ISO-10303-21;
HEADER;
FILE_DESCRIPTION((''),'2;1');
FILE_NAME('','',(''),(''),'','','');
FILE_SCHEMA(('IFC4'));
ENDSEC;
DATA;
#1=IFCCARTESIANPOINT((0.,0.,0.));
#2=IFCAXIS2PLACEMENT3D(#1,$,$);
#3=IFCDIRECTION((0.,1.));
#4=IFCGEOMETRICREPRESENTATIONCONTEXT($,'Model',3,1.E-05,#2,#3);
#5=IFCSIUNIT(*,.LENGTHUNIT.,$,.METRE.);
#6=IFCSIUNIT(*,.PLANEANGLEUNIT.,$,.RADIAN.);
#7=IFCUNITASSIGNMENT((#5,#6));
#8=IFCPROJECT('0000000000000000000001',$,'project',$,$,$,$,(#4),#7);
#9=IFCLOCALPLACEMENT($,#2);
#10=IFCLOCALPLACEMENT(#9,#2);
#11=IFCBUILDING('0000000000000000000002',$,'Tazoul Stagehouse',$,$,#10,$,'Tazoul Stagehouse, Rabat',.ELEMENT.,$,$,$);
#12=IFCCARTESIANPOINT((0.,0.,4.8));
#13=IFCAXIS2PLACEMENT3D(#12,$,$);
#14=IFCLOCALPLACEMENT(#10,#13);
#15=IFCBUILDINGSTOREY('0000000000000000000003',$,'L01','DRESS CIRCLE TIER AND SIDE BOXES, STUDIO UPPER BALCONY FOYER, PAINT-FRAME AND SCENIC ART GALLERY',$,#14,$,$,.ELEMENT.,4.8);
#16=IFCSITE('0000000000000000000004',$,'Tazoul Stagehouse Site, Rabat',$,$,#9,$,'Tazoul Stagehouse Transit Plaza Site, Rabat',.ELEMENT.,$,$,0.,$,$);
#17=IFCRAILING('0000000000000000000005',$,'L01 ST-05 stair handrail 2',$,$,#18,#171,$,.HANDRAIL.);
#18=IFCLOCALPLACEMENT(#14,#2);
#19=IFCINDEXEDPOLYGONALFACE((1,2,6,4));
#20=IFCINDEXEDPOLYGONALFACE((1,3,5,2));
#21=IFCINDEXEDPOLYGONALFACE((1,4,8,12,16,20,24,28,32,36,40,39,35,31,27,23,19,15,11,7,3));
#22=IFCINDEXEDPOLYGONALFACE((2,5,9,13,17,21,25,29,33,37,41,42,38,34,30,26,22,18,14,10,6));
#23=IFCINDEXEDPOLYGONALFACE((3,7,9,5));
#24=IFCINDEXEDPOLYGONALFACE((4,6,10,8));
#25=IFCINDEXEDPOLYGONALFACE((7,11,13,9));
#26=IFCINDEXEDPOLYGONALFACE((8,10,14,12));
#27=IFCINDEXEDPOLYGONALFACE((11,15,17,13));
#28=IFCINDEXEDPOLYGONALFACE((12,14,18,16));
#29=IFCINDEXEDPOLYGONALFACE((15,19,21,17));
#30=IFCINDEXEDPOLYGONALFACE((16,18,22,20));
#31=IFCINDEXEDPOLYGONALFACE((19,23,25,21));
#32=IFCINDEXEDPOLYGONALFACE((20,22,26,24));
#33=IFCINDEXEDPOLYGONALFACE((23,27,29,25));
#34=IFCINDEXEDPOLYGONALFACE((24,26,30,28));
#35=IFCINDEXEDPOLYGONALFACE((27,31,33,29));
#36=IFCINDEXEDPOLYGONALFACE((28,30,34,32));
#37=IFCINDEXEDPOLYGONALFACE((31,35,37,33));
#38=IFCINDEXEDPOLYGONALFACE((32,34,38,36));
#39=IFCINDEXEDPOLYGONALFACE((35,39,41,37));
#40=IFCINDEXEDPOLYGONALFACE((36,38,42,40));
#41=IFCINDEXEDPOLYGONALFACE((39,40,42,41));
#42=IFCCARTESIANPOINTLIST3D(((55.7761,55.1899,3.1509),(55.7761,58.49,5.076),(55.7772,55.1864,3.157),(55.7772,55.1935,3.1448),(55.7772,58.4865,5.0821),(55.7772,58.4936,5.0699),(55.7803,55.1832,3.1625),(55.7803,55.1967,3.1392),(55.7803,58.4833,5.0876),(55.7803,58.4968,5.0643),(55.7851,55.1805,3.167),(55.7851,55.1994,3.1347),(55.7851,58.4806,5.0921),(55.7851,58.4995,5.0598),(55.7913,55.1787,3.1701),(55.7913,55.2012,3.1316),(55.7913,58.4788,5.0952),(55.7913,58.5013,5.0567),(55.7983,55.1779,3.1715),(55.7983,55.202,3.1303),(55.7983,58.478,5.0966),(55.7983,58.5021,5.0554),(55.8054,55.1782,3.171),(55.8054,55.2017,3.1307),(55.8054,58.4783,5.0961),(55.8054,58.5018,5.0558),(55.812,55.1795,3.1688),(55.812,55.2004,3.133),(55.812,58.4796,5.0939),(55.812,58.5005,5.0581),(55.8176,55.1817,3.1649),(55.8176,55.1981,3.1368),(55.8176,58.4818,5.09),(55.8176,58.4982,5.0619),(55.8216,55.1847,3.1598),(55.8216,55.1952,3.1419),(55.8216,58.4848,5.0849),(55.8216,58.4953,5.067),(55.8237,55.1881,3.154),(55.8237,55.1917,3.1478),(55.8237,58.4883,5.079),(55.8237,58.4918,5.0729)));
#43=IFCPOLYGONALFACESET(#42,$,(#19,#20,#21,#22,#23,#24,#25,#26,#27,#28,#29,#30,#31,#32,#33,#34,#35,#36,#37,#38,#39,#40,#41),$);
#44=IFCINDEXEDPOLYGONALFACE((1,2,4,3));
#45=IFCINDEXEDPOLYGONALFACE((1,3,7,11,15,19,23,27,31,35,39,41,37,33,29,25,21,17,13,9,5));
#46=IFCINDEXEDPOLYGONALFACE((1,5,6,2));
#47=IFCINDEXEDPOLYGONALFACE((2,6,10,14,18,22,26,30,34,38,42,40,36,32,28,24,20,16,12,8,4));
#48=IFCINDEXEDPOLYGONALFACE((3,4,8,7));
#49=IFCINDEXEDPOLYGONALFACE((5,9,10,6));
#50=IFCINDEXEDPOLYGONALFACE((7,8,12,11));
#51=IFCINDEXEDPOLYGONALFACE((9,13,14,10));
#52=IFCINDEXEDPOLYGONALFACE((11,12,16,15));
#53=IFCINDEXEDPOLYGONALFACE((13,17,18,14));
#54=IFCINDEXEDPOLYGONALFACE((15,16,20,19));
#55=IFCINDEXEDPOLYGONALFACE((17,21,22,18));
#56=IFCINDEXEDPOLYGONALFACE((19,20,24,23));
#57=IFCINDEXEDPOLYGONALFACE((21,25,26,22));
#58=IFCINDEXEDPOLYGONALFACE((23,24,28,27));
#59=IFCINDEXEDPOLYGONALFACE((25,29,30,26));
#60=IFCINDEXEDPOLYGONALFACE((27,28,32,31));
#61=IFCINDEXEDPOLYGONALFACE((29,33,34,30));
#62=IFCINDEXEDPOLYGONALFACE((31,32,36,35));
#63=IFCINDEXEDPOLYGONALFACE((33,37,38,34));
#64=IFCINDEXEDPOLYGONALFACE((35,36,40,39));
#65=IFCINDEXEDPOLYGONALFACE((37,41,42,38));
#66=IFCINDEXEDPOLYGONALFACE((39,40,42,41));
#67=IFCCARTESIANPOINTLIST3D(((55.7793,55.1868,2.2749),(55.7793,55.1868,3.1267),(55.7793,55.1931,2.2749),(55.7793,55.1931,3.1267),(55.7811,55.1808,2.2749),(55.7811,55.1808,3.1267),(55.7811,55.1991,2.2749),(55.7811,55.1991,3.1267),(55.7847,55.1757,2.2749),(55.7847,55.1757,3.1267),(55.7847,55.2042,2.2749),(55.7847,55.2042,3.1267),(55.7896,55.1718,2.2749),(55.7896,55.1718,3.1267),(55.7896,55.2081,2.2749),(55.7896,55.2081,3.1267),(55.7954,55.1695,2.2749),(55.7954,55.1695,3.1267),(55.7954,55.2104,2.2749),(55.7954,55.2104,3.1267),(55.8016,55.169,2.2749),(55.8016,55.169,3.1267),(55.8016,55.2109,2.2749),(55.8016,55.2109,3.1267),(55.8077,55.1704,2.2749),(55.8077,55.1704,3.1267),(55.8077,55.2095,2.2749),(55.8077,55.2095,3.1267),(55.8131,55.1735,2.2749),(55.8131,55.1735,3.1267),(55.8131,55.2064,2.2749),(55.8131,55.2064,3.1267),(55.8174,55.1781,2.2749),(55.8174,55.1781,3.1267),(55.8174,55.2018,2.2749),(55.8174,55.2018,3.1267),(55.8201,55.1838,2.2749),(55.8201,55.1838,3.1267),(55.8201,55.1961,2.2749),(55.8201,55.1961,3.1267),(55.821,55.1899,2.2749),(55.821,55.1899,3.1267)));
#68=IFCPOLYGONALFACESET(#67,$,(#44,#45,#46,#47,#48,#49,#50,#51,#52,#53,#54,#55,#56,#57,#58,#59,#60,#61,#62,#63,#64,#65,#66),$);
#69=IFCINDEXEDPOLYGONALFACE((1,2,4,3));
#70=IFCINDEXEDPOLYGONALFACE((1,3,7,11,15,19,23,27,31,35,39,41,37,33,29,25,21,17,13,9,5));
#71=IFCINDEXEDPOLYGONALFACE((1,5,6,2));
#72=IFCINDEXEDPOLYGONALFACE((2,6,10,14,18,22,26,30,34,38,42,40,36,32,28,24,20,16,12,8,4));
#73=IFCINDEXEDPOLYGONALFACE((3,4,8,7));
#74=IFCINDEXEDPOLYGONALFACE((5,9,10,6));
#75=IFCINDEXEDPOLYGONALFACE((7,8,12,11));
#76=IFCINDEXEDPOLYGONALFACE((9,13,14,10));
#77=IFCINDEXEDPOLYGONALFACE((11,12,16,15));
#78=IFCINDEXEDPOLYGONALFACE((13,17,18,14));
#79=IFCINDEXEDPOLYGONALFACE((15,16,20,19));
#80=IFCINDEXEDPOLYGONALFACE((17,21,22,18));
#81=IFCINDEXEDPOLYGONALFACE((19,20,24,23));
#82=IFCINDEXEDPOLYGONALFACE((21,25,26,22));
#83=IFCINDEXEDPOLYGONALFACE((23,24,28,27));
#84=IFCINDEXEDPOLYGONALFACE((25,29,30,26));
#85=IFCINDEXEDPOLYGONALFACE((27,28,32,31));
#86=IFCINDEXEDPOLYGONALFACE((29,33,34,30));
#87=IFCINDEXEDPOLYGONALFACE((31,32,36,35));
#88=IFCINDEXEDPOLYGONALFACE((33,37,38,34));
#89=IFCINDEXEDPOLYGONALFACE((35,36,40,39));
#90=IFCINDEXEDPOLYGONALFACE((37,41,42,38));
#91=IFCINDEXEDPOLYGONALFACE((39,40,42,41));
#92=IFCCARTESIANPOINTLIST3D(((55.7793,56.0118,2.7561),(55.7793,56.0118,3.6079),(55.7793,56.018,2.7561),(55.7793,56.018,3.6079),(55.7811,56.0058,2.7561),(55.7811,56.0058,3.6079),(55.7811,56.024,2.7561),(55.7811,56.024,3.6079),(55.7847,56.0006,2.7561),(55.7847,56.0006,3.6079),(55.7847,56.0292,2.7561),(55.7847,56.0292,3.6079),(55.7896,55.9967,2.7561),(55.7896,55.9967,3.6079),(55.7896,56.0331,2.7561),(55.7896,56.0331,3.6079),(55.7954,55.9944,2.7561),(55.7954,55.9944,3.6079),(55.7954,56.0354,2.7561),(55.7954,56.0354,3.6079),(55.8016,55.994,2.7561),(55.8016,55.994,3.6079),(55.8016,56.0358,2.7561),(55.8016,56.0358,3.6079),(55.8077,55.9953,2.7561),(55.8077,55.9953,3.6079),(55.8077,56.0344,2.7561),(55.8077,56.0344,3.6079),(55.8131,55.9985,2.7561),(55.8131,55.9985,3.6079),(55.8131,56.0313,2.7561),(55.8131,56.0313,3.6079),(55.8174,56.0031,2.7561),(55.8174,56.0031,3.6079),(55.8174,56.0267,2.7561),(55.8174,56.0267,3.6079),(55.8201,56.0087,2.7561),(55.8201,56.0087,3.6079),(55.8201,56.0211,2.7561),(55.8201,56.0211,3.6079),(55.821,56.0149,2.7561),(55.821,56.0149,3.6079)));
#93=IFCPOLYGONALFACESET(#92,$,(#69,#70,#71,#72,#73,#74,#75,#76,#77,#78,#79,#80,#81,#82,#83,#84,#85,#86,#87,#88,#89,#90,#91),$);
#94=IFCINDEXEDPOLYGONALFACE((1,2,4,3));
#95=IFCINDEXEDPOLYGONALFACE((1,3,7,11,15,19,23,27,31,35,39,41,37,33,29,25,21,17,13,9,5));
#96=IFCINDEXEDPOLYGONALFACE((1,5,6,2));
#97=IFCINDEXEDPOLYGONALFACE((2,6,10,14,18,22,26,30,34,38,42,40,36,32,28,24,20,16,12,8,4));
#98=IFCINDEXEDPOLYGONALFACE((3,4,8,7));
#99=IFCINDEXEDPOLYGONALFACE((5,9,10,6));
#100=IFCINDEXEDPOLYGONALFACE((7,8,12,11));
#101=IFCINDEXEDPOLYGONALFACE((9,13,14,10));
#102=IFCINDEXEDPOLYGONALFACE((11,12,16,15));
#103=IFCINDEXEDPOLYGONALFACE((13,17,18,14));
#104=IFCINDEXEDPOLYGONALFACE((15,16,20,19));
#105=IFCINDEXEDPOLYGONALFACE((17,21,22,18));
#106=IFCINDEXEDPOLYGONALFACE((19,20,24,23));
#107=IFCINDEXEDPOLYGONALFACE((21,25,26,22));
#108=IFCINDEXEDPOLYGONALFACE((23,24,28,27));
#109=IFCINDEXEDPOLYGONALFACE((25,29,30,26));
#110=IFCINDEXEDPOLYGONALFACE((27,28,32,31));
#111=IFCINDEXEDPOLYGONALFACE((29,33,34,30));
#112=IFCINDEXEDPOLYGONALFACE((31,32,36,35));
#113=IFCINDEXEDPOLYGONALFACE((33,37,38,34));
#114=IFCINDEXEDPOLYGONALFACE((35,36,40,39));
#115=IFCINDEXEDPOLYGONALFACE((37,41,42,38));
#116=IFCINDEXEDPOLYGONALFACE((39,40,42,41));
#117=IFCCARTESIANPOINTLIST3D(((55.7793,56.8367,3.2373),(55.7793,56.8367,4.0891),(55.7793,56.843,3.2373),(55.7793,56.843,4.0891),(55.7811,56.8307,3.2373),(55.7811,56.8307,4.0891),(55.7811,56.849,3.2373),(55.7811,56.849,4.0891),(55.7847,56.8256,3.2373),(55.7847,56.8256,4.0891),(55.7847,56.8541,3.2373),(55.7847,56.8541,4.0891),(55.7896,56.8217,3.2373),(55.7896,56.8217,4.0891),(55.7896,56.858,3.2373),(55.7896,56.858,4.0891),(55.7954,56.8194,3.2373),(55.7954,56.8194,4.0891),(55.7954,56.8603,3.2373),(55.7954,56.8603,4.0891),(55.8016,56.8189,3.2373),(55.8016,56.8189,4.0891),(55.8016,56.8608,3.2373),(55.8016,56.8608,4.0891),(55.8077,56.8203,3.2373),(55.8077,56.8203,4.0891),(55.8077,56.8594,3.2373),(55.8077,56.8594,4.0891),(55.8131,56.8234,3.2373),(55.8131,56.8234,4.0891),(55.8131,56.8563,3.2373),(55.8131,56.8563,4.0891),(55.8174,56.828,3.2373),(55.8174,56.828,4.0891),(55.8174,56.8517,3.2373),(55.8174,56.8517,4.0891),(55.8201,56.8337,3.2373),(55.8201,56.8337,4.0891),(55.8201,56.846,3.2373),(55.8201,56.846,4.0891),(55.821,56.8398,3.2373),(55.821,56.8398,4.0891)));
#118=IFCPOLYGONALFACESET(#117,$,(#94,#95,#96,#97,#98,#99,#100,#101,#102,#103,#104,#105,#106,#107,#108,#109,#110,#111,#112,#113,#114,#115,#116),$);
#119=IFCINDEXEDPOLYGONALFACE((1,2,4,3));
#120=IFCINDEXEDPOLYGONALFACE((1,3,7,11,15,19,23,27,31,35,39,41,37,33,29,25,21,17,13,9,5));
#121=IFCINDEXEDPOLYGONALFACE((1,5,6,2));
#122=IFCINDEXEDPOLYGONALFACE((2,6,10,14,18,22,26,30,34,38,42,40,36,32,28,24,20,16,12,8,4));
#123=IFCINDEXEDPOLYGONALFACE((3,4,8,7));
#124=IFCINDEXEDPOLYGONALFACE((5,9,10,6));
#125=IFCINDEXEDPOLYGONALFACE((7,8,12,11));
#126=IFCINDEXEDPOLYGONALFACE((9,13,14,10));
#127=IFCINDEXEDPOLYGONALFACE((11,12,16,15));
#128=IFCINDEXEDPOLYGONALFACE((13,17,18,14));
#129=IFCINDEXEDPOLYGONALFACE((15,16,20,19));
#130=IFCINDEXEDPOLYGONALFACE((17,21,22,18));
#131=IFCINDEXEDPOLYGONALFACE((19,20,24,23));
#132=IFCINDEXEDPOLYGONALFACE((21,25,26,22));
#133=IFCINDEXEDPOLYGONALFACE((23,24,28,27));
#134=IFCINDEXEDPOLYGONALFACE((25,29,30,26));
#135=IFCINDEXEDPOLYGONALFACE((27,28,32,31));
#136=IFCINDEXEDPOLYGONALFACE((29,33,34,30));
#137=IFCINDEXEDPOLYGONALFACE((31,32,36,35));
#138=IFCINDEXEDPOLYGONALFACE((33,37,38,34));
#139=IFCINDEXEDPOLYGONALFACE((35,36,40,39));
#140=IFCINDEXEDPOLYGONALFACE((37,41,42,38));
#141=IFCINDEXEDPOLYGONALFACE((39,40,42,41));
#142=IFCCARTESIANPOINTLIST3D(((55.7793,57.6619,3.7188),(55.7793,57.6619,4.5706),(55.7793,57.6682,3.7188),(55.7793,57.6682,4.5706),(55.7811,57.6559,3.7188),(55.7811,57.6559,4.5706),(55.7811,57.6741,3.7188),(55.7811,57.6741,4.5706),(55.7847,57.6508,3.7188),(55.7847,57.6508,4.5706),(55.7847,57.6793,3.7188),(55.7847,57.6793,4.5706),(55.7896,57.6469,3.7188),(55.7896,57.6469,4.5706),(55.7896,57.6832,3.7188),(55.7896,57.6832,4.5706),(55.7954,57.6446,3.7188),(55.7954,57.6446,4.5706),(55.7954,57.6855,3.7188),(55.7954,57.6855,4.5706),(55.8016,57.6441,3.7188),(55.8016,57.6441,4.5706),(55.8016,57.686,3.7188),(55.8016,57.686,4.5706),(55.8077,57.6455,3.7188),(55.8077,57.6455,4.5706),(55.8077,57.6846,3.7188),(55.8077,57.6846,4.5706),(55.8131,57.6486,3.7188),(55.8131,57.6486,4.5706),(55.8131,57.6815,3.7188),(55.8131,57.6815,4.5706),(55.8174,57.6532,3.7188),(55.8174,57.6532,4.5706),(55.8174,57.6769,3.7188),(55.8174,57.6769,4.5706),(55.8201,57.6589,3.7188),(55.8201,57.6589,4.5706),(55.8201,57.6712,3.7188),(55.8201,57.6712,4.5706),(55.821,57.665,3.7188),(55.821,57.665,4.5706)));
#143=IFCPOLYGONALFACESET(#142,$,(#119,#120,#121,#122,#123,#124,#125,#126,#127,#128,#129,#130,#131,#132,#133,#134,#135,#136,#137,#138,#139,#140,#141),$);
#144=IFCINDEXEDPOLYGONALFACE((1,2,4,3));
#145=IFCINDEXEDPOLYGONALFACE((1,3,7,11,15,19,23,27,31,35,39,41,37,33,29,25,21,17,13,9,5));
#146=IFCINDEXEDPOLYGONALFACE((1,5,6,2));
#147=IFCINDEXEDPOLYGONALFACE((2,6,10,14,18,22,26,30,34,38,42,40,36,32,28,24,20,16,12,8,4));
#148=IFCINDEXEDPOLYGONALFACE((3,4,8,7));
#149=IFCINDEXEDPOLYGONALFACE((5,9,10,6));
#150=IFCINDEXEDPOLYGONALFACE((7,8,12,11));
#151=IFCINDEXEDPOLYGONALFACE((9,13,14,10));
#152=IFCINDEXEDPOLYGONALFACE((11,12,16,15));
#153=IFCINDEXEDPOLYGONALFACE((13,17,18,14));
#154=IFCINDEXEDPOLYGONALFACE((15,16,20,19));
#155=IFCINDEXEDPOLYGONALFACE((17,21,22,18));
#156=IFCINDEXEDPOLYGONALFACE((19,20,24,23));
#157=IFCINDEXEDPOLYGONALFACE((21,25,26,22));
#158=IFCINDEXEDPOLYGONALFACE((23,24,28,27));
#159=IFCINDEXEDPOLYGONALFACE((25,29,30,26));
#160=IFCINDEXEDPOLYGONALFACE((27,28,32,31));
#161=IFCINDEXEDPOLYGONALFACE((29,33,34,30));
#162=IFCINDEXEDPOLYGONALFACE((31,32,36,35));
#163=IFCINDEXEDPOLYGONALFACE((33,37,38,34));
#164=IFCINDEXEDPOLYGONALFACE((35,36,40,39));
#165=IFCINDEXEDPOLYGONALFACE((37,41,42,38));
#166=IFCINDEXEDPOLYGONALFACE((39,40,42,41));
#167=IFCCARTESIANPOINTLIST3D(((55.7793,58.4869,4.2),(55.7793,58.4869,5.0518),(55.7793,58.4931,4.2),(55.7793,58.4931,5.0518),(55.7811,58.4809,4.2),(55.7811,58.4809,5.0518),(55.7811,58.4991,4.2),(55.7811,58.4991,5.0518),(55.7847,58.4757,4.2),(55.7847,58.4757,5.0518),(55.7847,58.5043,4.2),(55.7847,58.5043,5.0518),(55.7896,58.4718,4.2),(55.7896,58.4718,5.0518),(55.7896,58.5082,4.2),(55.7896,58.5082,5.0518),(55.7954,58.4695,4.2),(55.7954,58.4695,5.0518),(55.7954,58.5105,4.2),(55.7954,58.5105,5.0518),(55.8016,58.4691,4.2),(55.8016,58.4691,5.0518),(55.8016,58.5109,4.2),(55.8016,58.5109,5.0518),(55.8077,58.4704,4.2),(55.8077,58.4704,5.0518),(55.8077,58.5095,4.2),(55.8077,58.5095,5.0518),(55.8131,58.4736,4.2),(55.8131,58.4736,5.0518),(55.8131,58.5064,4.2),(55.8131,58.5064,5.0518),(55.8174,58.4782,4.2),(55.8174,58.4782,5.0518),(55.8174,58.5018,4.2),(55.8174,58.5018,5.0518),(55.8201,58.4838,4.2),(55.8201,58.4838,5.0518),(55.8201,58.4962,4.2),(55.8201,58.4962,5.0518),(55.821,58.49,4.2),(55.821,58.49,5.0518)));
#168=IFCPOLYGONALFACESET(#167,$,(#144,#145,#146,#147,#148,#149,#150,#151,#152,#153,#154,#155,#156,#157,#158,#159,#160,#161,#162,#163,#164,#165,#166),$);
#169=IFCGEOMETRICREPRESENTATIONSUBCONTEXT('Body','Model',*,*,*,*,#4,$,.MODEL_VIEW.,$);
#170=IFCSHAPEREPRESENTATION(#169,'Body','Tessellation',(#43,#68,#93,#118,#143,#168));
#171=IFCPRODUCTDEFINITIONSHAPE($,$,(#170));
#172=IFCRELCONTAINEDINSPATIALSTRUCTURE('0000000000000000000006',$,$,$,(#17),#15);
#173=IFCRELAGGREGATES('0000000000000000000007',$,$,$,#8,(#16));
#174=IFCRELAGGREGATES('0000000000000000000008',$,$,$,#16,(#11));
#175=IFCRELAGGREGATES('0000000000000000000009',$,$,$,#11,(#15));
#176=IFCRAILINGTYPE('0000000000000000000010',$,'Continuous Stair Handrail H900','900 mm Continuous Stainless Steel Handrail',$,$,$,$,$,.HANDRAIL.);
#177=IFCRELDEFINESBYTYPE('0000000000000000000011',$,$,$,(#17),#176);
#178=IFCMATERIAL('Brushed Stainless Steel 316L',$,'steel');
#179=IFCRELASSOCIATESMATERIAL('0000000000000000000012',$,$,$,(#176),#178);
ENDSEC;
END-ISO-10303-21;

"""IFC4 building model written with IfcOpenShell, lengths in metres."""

from ifc_helpers import new_model, si_unit, direction, frame, origin, origin_2d, place, context, subcontext, project, spatial, circle, extrude, material, material_profile, profile_set, type_object, element, save


model = new_model("IFC4")

# Units and contexts
model_context = context("Model", 3, precision=1e-05, world=origin(), true_north=direction((0.0, 1.0)))
body_context = subcontext(model_context, "Body", "Model", "MODEL_VIEW")
ifc_project = project(units=[si_unit("LENGTHUNIT", "METRE"), si_unit("PLANEANGLEUNIT", "RADIAN")], contexts=[model_context])

# Site, building, storey
site_placement = place(None, origin())
site = spatial("IfcSite", under=ifc_project, at=site_placement, Name="Tazoul Stagehouse Site, Rabat", LongName="Tazoul Stagehouse Transit Plaza Site, Rabat", CompositionType="ELEMENT", RefElevation=0.0)
building_placement = place(site_placement, origin())
building = spatial("IfcBuilding", under=site, at=building_placement, Name="Tazoul Stagehouse", LongName="Tazoul Stagehouse, Rabat", CompositionType="ELEMENT")
storey_placement = place(building_placement, frame((0.0, 0.0, 4.8)))
storey = spatial("IfcBuildingStorey", under=building, at=storey_placement, Name="L01", Description="DRESS CIRCLE TIER AND SIDE BOXES, STUDIO UPPER BALCONY FOYER, PAINT-FRAME AND SCENIC ART GALLERY", CompositionType="ELEMENT", Elevation=4.8)

# Railing
ifc_material_1 = material(Name="Brushed Stainless Steel 316L", Category="steel")
ifc_material_profile_1 = material_profile(ifc_material_1, circle(Radius=0.021, at=origin_2d()), Name="SS HANDRAIL D42")
ifc_profile_set_1 = profile_set([ifc_material_profile_1], Name="Brushed Stainless Steel 316L")
railing_type_1 = type_object("IfcRailingType", Name="Continuous Stair Handrail H900", Description="900 mm Continuous Stainless Steel Handrail", PredefinedType="HANDRAIL", material=ifc_profile_set_1)
railing_1_placement = place(storey_placement, frame((55.8, 55.1899, 2.2749)))
element("IfcRailing", 1, at=railing_1_placement, inside=storey, type_object=railing_type_1, Name="L01 ST-05 stair handrail 2", PredefinedType="HANDRAIL", context=body_context, shape_type="SweptSolid", body=[
    extrude(circle(Radius=0.0239, at=origin_2d()), frame((0.0, 0.0, 0.876), z_axis=(0.0, 0.863777, 0.503875), x_axis=(-1.0, 0.0, 0.0)), (0.0, 0.0, 1.0), 3.8206),
    extrude(circle(Radius=0.021, at=origin_2d()), origin(), (0.0, 0.0, 1.0), 0.8518),
    extrude(circle(Radius=0.021, at=origin_2d()), frame((0.0, 0.825, 0.4812)), (0.0, 0.0, 1.0), 0.8518),
    extrude(circle(Radius=0.021, at=origin_2d()), frame((0.0, 1.6499, 0.9624)), (0.0, 0.0, 1.0), 0.8518),
    extrude(circle(Radius=0.021, at=origin_2d()), frame((0.0, 2.4751, 1.4438)), (0.0, 0.0, 1.0), 0.8518),
    extrude(circle(Radius=0.021, at=origin_2d()), frame((0.0, 3.3, 1.925)), (0.0, 0.0, 1.0), 0.8518),
])

save(model, "model.ifc")
